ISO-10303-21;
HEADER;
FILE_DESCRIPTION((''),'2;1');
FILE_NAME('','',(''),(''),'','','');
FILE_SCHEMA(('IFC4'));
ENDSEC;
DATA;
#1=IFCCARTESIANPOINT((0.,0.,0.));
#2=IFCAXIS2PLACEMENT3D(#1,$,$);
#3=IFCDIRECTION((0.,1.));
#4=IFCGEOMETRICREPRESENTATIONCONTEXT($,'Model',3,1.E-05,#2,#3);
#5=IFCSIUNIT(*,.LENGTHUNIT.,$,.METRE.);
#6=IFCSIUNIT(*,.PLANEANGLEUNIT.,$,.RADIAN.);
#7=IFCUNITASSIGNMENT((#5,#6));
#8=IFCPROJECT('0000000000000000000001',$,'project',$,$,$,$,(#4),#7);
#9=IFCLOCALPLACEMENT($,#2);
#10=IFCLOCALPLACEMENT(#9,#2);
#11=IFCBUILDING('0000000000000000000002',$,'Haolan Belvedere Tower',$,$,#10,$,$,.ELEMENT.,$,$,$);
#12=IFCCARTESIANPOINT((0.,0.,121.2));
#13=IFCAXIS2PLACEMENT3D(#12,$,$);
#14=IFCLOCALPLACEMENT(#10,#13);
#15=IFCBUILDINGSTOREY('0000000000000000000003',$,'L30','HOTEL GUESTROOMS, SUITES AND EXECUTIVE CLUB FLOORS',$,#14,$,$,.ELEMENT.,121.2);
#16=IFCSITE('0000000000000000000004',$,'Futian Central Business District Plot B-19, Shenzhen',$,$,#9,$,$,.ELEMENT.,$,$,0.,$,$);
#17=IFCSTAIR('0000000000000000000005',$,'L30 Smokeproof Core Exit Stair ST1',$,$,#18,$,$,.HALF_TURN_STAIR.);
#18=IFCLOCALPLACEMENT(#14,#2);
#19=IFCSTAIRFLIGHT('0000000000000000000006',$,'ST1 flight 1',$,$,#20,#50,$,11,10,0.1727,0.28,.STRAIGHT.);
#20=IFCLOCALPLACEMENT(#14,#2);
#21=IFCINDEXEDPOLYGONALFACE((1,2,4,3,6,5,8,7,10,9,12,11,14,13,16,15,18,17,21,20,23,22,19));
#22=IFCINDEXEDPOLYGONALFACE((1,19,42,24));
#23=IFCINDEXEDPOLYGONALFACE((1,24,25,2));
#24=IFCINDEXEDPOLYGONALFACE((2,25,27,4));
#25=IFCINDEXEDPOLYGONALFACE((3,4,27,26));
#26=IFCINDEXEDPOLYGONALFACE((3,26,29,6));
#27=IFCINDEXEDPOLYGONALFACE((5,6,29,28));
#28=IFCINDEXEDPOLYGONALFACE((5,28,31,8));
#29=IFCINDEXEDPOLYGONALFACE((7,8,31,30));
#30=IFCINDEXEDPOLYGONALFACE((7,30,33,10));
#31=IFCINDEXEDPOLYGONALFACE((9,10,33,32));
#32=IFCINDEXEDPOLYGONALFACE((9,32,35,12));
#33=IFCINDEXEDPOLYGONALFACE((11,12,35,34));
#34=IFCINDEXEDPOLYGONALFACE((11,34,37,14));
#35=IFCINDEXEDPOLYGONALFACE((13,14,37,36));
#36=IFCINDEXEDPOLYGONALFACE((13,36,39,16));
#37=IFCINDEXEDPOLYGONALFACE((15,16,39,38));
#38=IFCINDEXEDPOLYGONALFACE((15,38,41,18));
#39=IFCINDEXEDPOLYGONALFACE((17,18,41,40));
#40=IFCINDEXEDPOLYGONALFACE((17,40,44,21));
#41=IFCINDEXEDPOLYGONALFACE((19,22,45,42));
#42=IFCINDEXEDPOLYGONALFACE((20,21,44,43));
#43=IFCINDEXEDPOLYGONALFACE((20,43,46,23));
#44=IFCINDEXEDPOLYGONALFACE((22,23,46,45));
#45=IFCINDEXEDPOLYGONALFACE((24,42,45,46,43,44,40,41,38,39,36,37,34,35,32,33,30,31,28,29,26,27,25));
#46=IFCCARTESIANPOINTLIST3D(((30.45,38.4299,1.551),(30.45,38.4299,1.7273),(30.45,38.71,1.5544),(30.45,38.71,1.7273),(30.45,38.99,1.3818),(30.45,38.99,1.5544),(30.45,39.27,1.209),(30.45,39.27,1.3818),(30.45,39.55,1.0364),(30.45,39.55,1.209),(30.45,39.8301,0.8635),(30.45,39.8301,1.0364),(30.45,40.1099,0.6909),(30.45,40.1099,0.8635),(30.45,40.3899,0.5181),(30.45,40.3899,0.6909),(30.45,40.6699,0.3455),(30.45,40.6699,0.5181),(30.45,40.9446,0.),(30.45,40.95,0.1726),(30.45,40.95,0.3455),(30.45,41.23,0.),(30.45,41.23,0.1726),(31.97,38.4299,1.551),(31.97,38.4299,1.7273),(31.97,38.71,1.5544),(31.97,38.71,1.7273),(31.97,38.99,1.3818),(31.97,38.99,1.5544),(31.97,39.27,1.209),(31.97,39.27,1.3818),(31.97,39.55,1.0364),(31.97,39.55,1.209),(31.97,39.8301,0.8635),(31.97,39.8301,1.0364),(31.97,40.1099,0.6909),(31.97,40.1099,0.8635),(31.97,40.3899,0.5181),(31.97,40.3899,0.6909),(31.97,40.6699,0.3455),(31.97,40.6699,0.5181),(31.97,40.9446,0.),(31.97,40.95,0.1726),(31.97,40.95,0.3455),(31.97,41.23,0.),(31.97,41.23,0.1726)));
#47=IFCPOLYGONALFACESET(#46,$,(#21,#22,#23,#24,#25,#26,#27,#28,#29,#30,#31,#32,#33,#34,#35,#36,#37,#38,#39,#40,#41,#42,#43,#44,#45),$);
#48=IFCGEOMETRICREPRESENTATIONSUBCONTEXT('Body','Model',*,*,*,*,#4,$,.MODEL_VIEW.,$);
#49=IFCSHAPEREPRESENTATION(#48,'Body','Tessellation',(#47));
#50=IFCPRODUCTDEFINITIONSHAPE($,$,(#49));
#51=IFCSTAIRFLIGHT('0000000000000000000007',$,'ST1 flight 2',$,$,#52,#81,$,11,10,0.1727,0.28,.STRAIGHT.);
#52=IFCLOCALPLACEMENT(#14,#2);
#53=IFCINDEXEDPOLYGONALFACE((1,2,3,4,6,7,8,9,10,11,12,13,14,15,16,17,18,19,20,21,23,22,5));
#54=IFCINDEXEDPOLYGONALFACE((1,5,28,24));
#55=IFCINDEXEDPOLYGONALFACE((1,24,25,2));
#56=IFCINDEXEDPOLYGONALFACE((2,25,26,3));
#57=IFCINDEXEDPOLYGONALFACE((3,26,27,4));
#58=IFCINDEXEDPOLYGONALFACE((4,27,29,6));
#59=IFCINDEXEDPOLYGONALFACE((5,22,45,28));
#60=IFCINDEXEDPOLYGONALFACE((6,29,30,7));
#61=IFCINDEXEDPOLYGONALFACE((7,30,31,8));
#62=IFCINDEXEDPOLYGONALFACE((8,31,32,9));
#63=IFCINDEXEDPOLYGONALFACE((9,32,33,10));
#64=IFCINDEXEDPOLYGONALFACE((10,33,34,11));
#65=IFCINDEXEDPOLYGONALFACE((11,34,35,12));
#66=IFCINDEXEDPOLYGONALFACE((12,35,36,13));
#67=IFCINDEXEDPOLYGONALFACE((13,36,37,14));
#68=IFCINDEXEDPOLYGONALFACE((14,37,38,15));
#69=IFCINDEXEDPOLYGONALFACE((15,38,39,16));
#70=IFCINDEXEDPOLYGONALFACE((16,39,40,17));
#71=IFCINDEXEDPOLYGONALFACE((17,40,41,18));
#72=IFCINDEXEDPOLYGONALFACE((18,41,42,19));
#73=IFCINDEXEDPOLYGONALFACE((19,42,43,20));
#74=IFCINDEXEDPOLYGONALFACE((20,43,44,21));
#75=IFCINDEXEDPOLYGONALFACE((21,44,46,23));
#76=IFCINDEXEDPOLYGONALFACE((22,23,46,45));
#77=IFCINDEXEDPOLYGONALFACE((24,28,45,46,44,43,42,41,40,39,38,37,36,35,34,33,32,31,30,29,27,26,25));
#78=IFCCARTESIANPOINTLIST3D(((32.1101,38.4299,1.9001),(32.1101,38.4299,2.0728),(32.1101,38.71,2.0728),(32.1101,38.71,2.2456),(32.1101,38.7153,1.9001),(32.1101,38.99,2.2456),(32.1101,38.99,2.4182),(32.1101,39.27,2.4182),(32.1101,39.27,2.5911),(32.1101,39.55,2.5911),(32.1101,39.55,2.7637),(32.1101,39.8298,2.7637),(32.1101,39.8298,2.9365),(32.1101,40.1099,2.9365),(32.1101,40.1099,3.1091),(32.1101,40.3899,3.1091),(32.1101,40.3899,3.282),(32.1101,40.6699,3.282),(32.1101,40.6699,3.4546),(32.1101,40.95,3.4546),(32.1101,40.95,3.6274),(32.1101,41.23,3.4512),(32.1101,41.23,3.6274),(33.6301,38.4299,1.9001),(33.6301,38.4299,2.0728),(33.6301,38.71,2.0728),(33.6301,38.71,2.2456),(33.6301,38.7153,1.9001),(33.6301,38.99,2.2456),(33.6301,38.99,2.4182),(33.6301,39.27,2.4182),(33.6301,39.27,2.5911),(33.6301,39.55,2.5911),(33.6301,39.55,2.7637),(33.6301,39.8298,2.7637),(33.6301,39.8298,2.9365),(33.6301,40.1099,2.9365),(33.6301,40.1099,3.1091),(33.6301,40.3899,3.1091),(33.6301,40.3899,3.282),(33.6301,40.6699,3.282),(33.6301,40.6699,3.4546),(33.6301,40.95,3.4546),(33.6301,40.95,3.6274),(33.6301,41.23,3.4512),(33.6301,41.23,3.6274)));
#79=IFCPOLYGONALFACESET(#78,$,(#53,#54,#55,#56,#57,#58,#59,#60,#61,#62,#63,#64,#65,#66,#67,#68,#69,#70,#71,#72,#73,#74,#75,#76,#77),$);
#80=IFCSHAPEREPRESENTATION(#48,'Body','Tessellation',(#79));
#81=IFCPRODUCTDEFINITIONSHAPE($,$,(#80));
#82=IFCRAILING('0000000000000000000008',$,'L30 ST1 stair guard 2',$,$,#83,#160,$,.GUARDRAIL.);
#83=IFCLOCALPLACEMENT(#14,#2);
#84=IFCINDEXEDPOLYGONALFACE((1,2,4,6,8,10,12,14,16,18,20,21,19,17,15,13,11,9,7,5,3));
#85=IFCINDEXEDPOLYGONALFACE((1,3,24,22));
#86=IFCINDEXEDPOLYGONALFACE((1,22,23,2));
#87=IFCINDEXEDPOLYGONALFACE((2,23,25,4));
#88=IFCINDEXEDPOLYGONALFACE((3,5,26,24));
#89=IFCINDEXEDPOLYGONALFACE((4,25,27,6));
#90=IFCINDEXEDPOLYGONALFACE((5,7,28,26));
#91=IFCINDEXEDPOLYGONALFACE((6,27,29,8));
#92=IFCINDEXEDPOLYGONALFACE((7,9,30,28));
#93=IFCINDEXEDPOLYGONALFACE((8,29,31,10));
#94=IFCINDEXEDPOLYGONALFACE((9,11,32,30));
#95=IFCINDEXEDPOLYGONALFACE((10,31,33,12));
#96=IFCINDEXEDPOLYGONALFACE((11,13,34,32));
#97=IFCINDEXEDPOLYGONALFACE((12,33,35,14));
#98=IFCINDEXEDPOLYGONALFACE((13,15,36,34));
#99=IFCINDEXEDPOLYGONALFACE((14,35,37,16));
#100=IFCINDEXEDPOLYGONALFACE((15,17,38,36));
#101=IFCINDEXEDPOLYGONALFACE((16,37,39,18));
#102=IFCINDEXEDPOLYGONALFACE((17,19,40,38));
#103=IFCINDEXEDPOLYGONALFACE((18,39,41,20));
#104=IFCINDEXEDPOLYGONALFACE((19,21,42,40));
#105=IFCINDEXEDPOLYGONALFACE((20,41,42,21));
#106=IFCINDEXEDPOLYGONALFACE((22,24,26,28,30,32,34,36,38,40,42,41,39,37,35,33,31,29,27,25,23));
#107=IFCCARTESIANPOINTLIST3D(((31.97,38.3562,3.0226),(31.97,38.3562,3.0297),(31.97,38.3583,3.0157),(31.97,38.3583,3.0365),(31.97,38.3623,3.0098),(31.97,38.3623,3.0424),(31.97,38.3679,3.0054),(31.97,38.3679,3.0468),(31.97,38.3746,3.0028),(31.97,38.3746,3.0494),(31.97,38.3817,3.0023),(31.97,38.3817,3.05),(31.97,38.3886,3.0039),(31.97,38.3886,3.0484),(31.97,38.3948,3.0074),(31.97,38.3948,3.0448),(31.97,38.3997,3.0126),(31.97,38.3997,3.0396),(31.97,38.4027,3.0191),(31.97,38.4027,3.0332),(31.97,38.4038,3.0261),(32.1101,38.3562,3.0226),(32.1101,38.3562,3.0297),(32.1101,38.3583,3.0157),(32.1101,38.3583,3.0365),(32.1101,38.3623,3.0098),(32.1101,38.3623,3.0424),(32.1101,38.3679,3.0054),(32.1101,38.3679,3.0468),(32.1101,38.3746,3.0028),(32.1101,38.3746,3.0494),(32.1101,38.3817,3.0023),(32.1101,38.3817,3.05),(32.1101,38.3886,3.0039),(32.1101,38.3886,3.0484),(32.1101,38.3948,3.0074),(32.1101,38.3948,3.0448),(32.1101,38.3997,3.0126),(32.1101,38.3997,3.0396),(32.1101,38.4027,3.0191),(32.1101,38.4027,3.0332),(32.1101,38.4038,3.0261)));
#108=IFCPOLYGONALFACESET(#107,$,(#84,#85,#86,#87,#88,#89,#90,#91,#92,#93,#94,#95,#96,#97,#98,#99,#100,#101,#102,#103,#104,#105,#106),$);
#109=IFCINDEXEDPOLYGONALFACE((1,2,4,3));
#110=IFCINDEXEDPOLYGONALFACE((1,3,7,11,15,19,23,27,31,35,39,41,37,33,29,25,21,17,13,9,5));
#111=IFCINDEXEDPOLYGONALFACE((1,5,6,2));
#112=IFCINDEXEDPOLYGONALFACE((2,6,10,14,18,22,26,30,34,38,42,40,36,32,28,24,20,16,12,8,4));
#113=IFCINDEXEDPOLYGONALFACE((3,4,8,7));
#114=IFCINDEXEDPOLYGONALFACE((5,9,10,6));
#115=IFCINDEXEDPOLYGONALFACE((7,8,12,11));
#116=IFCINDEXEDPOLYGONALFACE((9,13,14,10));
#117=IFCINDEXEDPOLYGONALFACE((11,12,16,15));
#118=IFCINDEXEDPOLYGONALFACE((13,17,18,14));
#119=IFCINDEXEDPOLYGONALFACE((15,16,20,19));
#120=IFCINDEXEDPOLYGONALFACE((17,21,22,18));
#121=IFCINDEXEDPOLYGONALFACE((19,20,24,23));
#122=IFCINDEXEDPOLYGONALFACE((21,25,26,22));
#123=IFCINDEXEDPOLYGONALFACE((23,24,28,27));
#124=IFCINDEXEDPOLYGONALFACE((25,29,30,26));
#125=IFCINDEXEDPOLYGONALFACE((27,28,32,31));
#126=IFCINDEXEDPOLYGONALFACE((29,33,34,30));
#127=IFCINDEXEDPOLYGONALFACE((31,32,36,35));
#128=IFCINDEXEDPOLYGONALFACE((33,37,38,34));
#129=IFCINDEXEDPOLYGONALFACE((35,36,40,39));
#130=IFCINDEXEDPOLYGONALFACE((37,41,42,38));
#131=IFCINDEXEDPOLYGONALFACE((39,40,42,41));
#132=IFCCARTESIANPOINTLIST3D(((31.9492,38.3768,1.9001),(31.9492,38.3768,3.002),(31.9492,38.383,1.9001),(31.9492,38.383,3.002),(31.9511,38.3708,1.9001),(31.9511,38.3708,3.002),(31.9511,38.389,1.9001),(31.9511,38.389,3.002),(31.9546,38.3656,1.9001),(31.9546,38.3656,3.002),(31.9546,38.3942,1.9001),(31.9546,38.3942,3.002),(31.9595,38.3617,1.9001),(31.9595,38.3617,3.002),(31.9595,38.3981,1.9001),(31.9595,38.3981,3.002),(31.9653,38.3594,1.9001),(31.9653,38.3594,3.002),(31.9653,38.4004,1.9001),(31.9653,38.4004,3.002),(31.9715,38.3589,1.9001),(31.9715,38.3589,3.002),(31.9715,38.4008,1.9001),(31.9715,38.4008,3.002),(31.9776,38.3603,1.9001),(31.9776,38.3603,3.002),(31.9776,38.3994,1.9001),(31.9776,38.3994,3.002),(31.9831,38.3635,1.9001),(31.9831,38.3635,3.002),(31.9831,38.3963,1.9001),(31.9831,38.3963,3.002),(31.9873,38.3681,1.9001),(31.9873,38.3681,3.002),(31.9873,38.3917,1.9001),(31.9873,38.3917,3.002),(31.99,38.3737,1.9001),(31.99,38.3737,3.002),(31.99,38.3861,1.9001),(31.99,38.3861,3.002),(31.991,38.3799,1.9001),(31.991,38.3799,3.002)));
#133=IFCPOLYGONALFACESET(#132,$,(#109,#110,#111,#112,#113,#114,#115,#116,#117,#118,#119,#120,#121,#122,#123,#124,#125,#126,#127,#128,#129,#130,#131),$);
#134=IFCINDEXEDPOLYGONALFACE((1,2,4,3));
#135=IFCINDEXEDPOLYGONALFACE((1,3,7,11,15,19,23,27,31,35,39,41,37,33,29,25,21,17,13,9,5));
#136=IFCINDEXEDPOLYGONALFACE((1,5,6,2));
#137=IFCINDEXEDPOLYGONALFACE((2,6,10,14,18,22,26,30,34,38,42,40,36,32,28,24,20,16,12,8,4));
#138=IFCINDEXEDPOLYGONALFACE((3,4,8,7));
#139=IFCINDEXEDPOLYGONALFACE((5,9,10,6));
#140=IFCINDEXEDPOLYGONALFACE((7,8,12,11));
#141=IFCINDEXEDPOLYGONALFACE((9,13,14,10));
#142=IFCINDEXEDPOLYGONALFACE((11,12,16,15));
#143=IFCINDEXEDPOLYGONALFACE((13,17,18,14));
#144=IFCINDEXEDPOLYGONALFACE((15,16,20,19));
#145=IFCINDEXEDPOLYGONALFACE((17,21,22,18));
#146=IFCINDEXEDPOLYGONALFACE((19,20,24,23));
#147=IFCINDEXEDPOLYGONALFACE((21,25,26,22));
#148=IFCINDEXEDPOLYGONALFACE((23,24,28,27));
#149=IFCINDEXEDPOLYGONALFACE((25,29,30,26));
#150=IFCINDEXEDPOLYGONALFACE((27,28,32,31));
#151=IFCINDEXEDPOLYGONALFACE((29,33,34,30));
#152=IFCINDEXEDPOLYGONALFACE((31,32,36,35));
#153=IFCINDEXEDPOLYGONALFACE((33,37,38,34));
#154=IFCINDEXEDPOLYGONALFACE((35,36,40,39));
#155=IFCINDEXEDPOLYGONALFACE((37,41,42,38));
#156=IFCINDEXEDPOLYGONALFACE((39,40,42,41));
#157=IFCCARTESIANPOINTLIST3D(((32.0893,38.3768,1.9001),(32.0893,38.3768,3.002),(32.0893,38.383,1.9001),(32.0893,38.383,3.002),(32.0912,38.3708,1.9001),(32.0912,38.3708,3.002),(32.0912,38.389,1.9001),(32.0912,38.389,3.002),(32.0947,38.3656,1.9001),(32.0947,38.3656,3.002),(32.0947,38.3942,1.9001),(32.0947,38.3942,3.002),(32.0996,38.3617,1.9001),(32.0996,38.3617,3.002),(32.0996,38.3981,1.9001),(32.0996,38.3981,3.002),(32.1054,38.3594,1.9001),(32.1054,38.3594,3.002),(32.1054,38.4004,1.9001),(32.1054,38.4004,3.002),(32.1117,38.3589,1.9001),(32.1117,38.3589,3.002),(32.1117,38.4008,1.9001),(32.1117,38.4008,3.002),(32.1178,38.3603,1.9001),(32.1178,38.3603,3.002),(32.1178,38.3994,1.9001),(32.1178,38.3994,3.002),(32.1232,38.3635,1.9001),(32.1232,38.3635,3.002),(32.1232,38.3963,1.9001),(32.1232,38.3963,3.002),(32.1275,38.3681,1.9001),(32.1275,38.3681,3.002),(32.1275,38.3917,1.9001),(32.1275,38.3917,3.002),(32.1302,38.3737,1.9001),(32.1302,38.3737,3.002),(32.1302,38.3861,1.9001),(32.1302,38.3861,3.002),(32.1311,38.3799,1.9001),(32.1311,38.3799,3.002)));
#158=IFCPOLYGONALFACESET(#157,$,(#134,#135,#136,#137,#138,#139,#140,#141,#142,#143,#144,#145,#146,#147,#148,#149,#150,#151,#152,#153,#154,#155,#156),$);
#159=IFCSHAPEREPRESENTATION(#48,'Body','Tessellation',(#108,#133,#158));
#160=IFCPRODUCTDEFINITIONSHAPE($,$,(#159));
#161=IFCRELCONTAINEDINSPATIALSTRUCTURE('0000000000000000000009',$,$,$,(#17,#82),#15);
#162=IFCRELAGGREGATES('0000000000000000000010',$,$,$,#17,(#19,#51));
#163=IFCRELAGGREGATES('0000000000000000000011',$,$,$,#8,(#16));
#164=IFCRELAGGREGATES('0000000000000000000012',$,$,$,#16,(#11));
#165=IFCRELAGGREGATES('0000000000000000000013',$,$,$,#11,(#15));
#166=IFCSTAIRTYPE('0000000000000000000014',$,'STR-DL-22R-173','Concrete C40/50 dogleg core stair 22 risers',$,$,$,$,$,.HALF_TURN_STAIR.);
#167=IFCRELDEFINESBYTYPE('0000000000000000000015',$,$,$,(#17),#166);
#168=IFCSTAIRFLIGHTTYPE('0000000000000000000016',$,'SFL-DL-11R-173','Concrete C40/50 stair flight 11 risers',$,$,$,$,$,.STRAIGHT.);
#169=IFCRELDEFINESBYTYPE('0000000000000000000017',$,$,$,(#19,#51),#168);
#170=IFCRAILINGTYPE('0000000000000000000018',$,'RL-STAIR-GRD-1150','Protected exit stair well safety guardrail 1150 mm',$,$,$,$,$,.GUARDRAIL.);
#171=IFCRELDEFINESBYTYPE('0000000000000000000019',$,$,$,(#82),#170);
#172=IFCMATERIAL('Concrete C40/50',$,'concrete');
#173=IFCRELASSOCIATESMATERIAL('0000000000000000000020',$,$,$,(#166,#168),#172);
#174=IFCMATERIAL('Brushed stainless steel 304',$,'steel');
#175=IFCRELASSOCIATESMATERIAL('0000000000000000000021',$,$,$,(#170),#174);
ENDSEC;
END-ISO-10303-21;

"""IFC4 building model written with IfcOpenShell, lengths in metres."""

from ifc_helpers import new_model, si_unit, direction, frame, origin, origin_2d, place, context, subcontext, project, spatial, polyline, circle, outline, extrude, material, type_object, element, aggregate, save


model = new_model("IFC4")

# Units and contexts
model_context = context("Model", 3, precision=1e-05, world=origin(), true_north=direction((0.0, 1.0)))
body_context = subcontext(model_context, "Body", "Model", "MODEL_VIEW")
ifc_project = project(units=[si_unit("LENGTHUNIT", "METRE"), si_unit("PLANEANGLEUNIT", "RADIAN")], contexts=[model_context])

# Site, building, storey
site_placement = place(None, origin())
site = spatial("IfcSite", under=ifc_project, at=site_placement, Name="Futian Central Business District Plot B-19, Shenzhen", CompositionType="ELEMENT", RefElevation=0.0)
building_placement = place(site_placement, origin())
building = spatial("IfcBuilding", under=site, at=building_placement, Name="Haolan Belvedere Tower", CompositionType="ELEMENT")
storey_placement = place(building_placement, frame((0.0, 0.0, 121.2)))
storey = spatial("IfcBuildingStorey", under=building, at=storey_placement, Name="L30", Description="HOTEL GUESTROOMS, SUITES AND EXECUTIVE CLUB FLOORS", CompositionType="ELEMENT", Elevation=121.2)

# Stair, stair flights
ifc_material_1 = material(Name="Concrete C40/50", Category="concrete")
stair_type = type_object("IfcStairType", Name="STR-DL-22R-173", Description="Concrete C40/50 dogleg core stair 22 risers", PredefinedType="HALF_TURN_STAIR", material=ifc_material_1)
stair_placement = place(storey_placement, origin())
stair = element("IfcStair", 1, at=stair_placement, inside=storey, type_object=stair_type, Name="L30 Smokeproof Core Exit Stair ST1", PredefinedType="HALF_TURN_STAIR")
stair_flight_type = type_object("IfcStairFlightType", Name="SFL-DL-11R-173", Description="Concrete C40/50 stair flight 11 risers", PredefinedType="STRAIGHT", material=ifc_material_1)
stair_flight_1_placement = place(storey_placement, frame((31.21, 41.23, 0.0), z_axis=(0.0, 0.0, 1.0), x_axis=(0.0, -1.0, 0.0)))
stair_flight_1 = element("IfcStairFlight", 2, at=stair_flight_1_placement, type_object=stair_flight_type, Name="ST1 flight 1", NumberOfRisers=11, NumberOfTreads=10, PredefinedType="STRAIGHT", RiserHeight=0.1727, TreadLength=0.28, context=body_context, shape_type="SweptSolid", body=[
    extrude(outline(polyline([(0.0, 0.0), (0.0, 0.1726), (0.28, 0.1726), (0.28, 0.3455), (0.5601, 0.3455), (0.5601, 0.5181), (0.8401, 0.5181), (0.8401, 0.6909), (1.1201, 0.6909), (1.1201, 0.8635), (1.3999, 0.8635), (1.3999, 1.0364), (1.6799, 1.0364), (1.6799, 1.209), (1.96, 1.209), (1.96, 1.3818), (2.24, 1.3818), (2.24, 1.5544), (2.52, 1.5544), (2.52, 1.7273), (2.8, 1.7273), (2.8, 1.8999), (2.8, 1.551), (0.2854, 0.0), (0.0, 0.0)])), frame((0.0, 0.76, 0.0), z_axis=(0.0, -1.0, 0.0), x_axis=(1.0, 0.0, 0.0)), (0.0, 0.0, 1.0), 1.52),
])
stair_flight_2_placement = place(storey_placement, frame((32.8701, 38.4299, 1.9001), z_axis=(0.0, 0.0, 1.0), x_axis=(0.0, 1.0, 0.0)))
stair_flight_2 = element("IfcStairFlight", 3, at=stair_flight_2_placement, type_object=stair_flight_type, Name="ST1 flight 2", NumberOfRisers=11, NumberOfTreads=10, PredefinedType="STRAIGHT", RiserHeight=0.1727, TreadLength=0.28, context=body_context, shape_type="SweptSolid", body=[
    extrude(outline(polyline([(0.0, 0.0), (0.0, 0.1726), (0.28, 0.1726), (0.28, 0.3455), (0.5601, 0.3455), (0.5601, 0.5181), (0.8401, 0.5181), (0.8401, 0.6909), (1.1201, 0.6909), (1.1201, 0.8635), (1.3999, 0.8635), (1.3999, 1.0364), (1.6799, 1.0364), (1.6799, 1.209), (1.96, 1.209), (1.96, 1.3818), (2.24, 1.3818), (2.24, 1.5544), (2.52, 1.5544), (2.52, 1.7273), (2.8, 1.7273), (2.8, 1.8999), (2.8, 1.551), (0.2854, 0.0), (0.0, 0.0)])), frame((0.0, 0.76, 0.0), z_axis=(0.0, -1.0, 0.0), x_axis=(1.0, 0.0, 0.0)), (0.0, 0.0, 1.0), 1.52),
])
aggregate(stair, [stair_flight_1, stair_flight_2])

# Railing
ifc_material_2 = material(Name="Brushed stainless steel 304", Category="steel")
railing_type_1 = type_object("IfcRailingType", Name="RL-STAIR-GRD-1150", Description="Protected exit stair well safety guardrail 1150 mm", PredefinedType="GUARDRAIL", material=ifc_material_2)
railing_1_placement = place(storey_placement, frame((31.97, 38.3799, 1.9001)))
element("IfcRailing", 4, at=railing_1_placement, inside=storey, type_object=railing_type_1, Name="L30 ST1 stair guard 2", PredefinedType="GUARDRAIL", context=body_context, shape_type="SweptSolid", body=[
    extrude(circle(Radius=0.0239, at=origin_2d()), frame((0.0, 0.0, 1.126), z_axis=(1.0, 0.0, 0.0), x_axis=(0.0, 1.0, 0.0)), (0.0, 0.0, 1.0), 0.1401),
    extrude(circle(Radius=0.021, at=origin_2d()), origin(), (0.0, 0.0, 1.0), 1.1018),
    extrude(circle(Radius=0.021, at=origin_2d()), frame((0.1401, 0.0, 0.0)), (0.0, 0.0, 1.0), 1.1018),
])

save(model, "model.ifc")
